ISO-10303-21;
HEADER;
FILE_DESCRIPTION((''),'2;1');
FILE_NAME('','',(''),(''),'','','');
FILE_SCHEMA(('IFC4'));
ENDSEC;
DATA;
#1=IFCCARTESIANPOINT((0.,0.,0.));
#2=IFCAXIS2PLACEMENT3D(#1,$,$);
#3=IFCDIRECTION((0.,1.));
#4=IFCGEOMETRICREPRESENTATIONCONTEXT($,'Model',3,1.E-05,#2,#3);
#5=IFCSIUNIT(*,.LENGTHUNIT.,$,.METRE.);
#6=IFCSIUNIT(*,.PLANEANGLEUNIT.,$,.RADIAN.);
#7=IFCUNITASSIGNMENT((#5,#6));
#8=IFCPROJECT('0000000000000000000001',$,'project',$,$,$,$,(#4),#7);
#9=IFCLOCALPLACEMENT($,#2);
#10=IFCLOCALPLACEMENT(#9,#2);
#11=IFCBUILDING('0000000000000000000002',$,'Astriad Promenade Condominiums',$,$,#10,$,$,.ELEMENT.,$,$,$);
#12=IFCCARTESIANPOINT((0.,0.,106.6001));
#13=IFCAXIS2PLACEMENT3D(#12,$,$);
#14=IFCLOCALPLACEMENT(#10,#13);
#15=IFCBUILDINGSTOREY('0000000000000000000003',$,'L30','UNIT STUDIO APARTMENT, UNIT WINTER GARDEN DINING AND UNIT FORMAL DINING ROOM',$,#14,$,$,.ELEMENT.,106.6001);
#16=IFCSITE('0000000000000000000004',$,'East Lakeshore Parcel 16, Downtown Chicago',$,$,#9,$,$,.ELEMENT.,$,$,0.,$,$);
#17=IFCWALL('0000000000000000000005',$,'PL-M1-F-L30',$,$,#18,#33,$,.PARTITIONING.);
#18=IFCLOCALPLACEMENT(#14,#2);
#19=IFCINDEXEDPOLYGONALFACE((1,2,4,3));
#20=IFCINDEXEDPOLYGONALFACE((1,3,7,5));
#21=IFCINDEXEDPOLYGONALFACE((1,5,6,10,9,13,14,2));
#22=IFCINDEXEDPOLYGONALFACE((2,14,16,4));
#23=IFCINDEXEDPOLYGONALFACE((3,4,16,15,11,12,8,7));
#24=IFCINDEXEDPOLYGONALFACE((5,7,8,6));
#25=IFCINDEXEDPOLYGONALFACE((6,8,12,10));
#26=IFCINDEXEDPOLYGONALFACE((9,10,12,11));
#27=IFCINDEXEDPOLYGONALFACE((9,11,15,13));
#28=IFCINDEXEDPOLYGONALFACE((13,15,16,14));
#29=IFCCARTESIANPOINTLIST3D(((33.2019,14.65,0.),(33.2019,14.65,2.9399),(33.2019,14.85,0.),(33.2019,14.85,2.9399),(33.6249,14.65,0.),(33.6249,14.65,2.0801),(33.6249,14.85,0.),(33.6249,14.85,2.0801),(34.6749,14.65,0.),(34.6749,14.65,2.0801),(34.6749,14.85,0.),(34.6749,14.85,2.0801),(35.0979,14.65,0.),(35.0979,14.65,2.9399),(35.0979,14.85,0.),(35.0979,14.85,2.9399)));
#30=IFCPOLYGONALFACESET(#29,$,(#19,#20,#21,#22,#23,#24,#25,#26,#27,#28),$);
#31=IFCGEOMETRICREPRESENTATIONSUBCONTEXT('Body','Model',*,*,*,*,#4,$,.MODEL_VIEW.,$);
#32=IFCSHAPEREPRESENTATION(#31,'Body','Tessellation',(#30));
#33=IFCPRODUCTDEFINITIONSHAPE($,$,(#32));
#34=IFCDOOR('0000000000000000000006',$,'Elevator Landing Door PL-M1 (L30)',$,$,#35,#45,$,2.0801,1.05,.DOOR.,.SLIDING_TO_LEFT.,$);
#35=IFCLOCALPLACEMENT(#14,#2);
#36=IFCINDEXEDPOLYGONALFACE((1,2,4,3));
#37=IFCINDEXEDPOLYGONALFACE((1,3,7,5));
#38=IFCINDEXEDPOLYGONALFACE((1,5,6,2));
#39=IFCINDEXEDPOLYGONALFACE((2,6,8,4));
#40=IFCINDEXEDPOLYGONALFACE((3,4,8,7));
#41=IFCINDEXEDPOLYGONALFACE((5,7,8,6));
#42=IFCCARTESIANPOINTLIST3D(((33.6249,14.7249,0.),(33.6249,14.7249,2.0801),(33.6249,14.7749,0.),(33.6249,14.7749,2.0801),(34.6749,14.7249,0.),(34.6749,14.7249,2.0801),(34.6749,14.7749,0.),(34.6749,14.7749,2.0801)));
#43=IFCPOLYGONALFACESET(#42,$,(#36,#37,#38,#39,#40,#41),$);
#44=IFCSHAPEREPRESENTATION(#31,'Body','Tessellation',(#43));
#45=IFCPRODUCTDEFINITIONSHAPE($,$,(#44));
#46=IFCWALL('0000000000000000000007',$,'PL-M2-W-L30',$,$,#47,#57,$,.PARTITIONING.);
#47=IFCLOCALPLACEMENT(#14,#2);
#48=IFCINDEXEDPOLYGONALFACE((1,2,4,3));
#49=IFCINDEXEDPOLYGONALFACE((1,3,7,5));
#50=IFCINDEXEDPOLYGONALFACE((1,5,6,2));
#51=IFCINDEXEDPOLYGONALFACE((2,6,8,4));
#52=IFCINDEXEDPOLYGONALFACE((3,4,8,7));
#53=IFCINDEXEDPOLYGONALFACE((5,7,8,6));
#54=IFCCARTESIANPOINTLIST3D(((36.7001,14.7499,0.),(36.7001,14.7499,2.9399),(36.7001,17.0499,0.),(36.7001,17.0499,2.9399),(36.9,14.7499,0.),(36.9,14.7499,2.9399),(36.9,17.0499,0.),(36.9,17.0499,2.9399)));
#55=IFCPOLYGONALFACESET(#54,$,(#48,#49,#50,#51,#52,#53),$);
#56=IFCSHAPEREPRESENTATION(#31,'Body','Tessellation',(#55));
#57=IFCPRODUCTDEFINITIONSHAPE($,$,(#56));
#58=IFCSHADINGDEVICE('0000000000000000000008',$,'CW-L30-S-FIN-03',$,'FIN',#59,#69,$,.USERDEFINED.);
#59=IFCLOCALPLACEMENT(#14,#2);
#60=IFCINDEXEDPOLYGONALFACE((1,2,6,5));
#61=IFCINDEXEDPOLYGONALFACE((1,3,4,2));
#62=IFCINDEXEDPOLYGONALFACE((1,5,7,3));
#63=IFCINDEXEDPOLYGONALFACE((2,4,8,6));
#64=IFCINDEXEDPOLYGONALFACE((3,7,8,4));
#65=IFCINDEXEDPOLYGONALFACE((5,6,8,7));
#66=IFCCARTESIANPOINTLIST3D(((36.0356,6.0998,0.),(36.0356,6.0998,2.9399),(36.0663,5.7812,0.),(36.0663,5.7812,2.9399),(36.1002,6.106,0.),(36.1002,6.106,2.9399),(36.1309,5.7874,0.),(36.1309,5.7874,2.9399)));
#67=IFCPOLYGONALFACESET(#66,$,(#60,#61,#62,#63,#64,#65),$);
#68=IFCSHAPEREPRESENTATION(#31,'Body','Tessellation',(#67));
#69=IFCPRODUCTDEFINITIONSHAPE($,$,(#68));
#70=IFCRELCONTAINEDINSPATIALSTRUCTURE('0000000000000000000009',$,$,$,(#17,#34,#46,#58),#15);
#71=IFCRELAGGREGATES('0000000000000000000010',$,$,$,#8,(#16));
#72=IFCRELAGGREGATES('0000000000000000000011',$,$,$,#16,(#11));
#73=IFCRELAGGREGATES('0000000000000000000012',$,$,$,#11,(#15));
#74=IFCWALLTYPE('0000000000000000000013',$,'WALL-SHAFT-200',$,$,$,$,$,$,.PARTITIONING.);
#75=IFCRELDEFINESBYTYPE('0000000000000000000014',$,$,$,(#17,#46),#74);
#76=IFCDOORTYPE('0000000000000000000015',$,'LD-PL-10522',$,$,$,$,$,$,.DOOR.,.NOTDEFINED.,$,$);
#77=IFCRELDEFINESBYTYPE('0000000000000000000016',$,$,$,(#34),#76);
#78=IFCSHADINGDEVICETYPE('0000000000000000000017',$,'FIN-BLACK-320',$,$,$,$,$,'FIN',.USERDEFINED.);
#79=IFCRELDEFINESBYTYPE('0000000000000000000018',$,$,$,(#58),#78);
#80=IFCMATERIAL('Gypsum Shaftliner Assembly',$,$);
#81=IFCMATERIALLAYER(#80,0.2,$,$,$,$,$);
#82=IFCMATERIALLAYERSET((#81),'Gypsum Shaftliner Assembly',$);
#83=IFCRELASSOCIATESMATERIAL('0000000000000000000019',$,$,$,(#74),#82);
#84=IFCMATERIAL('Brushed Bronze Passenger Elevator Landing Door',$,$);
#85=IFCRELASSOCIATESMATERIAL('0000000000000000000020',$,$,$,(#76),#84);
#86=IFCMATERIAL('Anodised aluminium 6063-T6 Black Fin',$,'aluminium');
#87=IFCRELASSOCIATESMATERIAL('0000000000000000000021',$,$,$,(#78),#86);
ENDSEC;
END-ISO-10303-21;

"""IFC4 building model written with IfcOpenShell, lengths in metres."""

from ifc_helpers import new_model, si_unit, direction, frame, frame_2d, origin, origin_2d, place, context, subcontext, project, spatial, rectangle, extrude, source, transform, mapped, material, layer, layer_set, type_object, type_shapes, element, fill, save


model = new_model("IFC4")

# Units and contexts
model_context = context("Model", 3, precision=1e-05, world=origin(), true_north=direction((0.0, 1.0)))
body_context = subcontext(model_context, "Body", "Model", "MODEL_VIEW")
ifc_project = project(units=[si_unit("LENGTHUNIT", "METRE"), si_unit("PLANEANGLEUNIT", "RADIAN")], contexts=[model_context])

# Site, building, storey
site_placement = place(None, origin())
site = spatial("IfcSite", under=ifc_project, at=site_placement, Name="East Lakeshore Parcel 16, Downtown Chicago", CompositionType="ELEMENT", RefElevation=0.0)
building_placement = place(site_placement, origin())
building = spatial("IfcBuilding", under=site, at=building_placement, Name="Astriad Promenade Condominiums", CompositionType="ELEMENT")
storey_placement = place(building_placement, frame((0.0, 0.0, 106.6001)))
storey = spatial("IfcBuildingStorey", under=building, at=storey_placement, Name="L30", Description="UNIT STUDIO APARTMENT, UNIT WINTER GARDEN DINING AND UNIT FORMAL DINING ROOM", CompositionType="ELEMENT", Elevation=106.6001)

# Shared definitions
ifc_material_1 = material(Name="Gypsum Shaftliner Assembly")
ifc_layer_1 = layer(ifc_material_1, 0.2)
ifc_layer_set_1 = layer_set([ifc_layer_1], Name="Gypsum Shaftliner Assembly")
wall_type_1 = type_object("IfcWallType", Name="WALL-SHAFT-200", PredefinedType="PARTITIONING", material=ifc_layer_set_1)

# Wall, opening, door
wall_1_placement = place(storey_placement, frame((33.2019, 14.75, 0.0), z_axis=(0.0, 0.0, 1.0), x_axis=(1.0, 0.0, 0.0)))
wall_1 = element("IfcWall", 1, at=wall_1_placement, inside=storey, type_object=wall_type_1, Name="PL-M1-F-L30", PredefinedType="PARTITIONING", context=body_context, shape_type="SweptSolid", body=[
    extrude(rectangle(XDim=1.896, YDim=0.2, at=frame_2d((0.948, 0.0))), origin(), (0.0, 0.0, 1.0), 2.9399),
])
opening_1_placement = place(wall_1_placement, frame((0.4231, 0.0, 0.0)))
opening_1 = element("IfcOpeningElement", 2, at=opening_1_placement, cuts=wall_1, PredefinedType="OPENING", context=body_context, shape_type="SweptSolid", body=[
    extrude(rectangle(XDim=1.05, YDim=2.0801, at=frame_2d((0.5249, 1.04))), frame((0.0, 0.1099, 0.0), z_axis=(0.0, -1.0, 0.0), x_axis=(1.0, 0.0, 0.0)), (0.0, 0.0, 1.0), 0.22),
])
ifc_material_2 = material(Name="Brushed Bronze Passenger Elevator Landing Door")
door_type_1 = type_object("IfcDoorType", Name="LD-PL-10522", OperationType="NOTDEFINED", PredefinedType="DOOR", material=ifc_material_2)
shared_shape_1 = source(origin(), body_context, "Body", "SweptSolid", [
    extrude(rectangle(XDim=1.05, YDim=2.0801, at=frame_2d((0.5249, 1.04))), frame((0.0, 0.0249, 0.0), z_axis=(0.0, -1.0, 0.0), x_axis=(1.0, 0.0, 0.0)), (0.0, 0.0, 1.0), 0.05),
])
type_shapes(door_type_1, [shared_shape_1])
door_1_placement = place(opening_1_placement, origin())
door_1 = element("IfcDoor", 3, at=door_1_placement, inside=storey, type_object=door_type_1, Name="Elevator Landing Door PL-M1 (L30)", OperationType="SLIDING_TO_LEFT", OverallHeight=2.0801, OverallWidth=1.05, PredefinedType="DOOR", context=body_context, shape_type="MappedRepresentation", body=[
    mapped(shared_shape_1, transform((0.0, 0.0, 0.0), scale=1.0)),
])
fill(opening_1, door_1)

# Wall
wall_2_placement = place(storey_placement, frame((36.8, 14.75, 0.0), z_axis=(0.0, 0.0, 1.0), x_axis=(0.0, 1.0, 0.0)))
element("IfcWall", 4, at=wall_2_placement, inside=storey, type_object=wall_type_1, Name="PL-M2-W-L30", PredefinedType="PARTITIONING", context=body_context, shape_type="SweptSolid", body=[
    extrude(rectangle(XDim=2.3, YDim=0.2, at=frame_2d((1.1499, 0.0))), origin(), (0.0, 0.0, 1.0), 2.9399),
])

# Shading device
ifc_material_3 = material(Name="Anodised aluminium 6063-T6 Black Fin", Category="aluminium")
shading_device_type = type_object("IfcShadingDeviceType", Name="FIN-BLACK-320", ElementType="FIN", PredefinedType="USERDEFINED", material=ifc_material_3)
shared_shape_2 = source(origin(), body_context, "Body", "SweptSolid", [
    extrude(rectangle(XDim=0.0649, YDim=0.3201, at=origin_2d()), origin(), (0.0, 0.0, 1.0), 2.9399),
])
type_shapes(shading_device_type, [shared_shape_2])
shading_device_placement = place(storey_placement, frame((36.0833, 5.9436, 0.0), z_axis=(0.0, 0.0, 1.0), x_axis=(-0.995396, -0.095846, 0.0)))
element("IfcShadingDevice", 5, at=shading_device_placement, inside=storey, type_object=shading_device_type, Name="CW-L30-S-FIN-03", ObjectType="FIN", PredefinedType="USERDEFINED", context=body_context, shape_type="MappedRepresentation", body=[
    mapped(shared_shape_2, transform((0.0, 0.0, 0.0), scale=1.0)),
])

save(model, "model.ifc")
